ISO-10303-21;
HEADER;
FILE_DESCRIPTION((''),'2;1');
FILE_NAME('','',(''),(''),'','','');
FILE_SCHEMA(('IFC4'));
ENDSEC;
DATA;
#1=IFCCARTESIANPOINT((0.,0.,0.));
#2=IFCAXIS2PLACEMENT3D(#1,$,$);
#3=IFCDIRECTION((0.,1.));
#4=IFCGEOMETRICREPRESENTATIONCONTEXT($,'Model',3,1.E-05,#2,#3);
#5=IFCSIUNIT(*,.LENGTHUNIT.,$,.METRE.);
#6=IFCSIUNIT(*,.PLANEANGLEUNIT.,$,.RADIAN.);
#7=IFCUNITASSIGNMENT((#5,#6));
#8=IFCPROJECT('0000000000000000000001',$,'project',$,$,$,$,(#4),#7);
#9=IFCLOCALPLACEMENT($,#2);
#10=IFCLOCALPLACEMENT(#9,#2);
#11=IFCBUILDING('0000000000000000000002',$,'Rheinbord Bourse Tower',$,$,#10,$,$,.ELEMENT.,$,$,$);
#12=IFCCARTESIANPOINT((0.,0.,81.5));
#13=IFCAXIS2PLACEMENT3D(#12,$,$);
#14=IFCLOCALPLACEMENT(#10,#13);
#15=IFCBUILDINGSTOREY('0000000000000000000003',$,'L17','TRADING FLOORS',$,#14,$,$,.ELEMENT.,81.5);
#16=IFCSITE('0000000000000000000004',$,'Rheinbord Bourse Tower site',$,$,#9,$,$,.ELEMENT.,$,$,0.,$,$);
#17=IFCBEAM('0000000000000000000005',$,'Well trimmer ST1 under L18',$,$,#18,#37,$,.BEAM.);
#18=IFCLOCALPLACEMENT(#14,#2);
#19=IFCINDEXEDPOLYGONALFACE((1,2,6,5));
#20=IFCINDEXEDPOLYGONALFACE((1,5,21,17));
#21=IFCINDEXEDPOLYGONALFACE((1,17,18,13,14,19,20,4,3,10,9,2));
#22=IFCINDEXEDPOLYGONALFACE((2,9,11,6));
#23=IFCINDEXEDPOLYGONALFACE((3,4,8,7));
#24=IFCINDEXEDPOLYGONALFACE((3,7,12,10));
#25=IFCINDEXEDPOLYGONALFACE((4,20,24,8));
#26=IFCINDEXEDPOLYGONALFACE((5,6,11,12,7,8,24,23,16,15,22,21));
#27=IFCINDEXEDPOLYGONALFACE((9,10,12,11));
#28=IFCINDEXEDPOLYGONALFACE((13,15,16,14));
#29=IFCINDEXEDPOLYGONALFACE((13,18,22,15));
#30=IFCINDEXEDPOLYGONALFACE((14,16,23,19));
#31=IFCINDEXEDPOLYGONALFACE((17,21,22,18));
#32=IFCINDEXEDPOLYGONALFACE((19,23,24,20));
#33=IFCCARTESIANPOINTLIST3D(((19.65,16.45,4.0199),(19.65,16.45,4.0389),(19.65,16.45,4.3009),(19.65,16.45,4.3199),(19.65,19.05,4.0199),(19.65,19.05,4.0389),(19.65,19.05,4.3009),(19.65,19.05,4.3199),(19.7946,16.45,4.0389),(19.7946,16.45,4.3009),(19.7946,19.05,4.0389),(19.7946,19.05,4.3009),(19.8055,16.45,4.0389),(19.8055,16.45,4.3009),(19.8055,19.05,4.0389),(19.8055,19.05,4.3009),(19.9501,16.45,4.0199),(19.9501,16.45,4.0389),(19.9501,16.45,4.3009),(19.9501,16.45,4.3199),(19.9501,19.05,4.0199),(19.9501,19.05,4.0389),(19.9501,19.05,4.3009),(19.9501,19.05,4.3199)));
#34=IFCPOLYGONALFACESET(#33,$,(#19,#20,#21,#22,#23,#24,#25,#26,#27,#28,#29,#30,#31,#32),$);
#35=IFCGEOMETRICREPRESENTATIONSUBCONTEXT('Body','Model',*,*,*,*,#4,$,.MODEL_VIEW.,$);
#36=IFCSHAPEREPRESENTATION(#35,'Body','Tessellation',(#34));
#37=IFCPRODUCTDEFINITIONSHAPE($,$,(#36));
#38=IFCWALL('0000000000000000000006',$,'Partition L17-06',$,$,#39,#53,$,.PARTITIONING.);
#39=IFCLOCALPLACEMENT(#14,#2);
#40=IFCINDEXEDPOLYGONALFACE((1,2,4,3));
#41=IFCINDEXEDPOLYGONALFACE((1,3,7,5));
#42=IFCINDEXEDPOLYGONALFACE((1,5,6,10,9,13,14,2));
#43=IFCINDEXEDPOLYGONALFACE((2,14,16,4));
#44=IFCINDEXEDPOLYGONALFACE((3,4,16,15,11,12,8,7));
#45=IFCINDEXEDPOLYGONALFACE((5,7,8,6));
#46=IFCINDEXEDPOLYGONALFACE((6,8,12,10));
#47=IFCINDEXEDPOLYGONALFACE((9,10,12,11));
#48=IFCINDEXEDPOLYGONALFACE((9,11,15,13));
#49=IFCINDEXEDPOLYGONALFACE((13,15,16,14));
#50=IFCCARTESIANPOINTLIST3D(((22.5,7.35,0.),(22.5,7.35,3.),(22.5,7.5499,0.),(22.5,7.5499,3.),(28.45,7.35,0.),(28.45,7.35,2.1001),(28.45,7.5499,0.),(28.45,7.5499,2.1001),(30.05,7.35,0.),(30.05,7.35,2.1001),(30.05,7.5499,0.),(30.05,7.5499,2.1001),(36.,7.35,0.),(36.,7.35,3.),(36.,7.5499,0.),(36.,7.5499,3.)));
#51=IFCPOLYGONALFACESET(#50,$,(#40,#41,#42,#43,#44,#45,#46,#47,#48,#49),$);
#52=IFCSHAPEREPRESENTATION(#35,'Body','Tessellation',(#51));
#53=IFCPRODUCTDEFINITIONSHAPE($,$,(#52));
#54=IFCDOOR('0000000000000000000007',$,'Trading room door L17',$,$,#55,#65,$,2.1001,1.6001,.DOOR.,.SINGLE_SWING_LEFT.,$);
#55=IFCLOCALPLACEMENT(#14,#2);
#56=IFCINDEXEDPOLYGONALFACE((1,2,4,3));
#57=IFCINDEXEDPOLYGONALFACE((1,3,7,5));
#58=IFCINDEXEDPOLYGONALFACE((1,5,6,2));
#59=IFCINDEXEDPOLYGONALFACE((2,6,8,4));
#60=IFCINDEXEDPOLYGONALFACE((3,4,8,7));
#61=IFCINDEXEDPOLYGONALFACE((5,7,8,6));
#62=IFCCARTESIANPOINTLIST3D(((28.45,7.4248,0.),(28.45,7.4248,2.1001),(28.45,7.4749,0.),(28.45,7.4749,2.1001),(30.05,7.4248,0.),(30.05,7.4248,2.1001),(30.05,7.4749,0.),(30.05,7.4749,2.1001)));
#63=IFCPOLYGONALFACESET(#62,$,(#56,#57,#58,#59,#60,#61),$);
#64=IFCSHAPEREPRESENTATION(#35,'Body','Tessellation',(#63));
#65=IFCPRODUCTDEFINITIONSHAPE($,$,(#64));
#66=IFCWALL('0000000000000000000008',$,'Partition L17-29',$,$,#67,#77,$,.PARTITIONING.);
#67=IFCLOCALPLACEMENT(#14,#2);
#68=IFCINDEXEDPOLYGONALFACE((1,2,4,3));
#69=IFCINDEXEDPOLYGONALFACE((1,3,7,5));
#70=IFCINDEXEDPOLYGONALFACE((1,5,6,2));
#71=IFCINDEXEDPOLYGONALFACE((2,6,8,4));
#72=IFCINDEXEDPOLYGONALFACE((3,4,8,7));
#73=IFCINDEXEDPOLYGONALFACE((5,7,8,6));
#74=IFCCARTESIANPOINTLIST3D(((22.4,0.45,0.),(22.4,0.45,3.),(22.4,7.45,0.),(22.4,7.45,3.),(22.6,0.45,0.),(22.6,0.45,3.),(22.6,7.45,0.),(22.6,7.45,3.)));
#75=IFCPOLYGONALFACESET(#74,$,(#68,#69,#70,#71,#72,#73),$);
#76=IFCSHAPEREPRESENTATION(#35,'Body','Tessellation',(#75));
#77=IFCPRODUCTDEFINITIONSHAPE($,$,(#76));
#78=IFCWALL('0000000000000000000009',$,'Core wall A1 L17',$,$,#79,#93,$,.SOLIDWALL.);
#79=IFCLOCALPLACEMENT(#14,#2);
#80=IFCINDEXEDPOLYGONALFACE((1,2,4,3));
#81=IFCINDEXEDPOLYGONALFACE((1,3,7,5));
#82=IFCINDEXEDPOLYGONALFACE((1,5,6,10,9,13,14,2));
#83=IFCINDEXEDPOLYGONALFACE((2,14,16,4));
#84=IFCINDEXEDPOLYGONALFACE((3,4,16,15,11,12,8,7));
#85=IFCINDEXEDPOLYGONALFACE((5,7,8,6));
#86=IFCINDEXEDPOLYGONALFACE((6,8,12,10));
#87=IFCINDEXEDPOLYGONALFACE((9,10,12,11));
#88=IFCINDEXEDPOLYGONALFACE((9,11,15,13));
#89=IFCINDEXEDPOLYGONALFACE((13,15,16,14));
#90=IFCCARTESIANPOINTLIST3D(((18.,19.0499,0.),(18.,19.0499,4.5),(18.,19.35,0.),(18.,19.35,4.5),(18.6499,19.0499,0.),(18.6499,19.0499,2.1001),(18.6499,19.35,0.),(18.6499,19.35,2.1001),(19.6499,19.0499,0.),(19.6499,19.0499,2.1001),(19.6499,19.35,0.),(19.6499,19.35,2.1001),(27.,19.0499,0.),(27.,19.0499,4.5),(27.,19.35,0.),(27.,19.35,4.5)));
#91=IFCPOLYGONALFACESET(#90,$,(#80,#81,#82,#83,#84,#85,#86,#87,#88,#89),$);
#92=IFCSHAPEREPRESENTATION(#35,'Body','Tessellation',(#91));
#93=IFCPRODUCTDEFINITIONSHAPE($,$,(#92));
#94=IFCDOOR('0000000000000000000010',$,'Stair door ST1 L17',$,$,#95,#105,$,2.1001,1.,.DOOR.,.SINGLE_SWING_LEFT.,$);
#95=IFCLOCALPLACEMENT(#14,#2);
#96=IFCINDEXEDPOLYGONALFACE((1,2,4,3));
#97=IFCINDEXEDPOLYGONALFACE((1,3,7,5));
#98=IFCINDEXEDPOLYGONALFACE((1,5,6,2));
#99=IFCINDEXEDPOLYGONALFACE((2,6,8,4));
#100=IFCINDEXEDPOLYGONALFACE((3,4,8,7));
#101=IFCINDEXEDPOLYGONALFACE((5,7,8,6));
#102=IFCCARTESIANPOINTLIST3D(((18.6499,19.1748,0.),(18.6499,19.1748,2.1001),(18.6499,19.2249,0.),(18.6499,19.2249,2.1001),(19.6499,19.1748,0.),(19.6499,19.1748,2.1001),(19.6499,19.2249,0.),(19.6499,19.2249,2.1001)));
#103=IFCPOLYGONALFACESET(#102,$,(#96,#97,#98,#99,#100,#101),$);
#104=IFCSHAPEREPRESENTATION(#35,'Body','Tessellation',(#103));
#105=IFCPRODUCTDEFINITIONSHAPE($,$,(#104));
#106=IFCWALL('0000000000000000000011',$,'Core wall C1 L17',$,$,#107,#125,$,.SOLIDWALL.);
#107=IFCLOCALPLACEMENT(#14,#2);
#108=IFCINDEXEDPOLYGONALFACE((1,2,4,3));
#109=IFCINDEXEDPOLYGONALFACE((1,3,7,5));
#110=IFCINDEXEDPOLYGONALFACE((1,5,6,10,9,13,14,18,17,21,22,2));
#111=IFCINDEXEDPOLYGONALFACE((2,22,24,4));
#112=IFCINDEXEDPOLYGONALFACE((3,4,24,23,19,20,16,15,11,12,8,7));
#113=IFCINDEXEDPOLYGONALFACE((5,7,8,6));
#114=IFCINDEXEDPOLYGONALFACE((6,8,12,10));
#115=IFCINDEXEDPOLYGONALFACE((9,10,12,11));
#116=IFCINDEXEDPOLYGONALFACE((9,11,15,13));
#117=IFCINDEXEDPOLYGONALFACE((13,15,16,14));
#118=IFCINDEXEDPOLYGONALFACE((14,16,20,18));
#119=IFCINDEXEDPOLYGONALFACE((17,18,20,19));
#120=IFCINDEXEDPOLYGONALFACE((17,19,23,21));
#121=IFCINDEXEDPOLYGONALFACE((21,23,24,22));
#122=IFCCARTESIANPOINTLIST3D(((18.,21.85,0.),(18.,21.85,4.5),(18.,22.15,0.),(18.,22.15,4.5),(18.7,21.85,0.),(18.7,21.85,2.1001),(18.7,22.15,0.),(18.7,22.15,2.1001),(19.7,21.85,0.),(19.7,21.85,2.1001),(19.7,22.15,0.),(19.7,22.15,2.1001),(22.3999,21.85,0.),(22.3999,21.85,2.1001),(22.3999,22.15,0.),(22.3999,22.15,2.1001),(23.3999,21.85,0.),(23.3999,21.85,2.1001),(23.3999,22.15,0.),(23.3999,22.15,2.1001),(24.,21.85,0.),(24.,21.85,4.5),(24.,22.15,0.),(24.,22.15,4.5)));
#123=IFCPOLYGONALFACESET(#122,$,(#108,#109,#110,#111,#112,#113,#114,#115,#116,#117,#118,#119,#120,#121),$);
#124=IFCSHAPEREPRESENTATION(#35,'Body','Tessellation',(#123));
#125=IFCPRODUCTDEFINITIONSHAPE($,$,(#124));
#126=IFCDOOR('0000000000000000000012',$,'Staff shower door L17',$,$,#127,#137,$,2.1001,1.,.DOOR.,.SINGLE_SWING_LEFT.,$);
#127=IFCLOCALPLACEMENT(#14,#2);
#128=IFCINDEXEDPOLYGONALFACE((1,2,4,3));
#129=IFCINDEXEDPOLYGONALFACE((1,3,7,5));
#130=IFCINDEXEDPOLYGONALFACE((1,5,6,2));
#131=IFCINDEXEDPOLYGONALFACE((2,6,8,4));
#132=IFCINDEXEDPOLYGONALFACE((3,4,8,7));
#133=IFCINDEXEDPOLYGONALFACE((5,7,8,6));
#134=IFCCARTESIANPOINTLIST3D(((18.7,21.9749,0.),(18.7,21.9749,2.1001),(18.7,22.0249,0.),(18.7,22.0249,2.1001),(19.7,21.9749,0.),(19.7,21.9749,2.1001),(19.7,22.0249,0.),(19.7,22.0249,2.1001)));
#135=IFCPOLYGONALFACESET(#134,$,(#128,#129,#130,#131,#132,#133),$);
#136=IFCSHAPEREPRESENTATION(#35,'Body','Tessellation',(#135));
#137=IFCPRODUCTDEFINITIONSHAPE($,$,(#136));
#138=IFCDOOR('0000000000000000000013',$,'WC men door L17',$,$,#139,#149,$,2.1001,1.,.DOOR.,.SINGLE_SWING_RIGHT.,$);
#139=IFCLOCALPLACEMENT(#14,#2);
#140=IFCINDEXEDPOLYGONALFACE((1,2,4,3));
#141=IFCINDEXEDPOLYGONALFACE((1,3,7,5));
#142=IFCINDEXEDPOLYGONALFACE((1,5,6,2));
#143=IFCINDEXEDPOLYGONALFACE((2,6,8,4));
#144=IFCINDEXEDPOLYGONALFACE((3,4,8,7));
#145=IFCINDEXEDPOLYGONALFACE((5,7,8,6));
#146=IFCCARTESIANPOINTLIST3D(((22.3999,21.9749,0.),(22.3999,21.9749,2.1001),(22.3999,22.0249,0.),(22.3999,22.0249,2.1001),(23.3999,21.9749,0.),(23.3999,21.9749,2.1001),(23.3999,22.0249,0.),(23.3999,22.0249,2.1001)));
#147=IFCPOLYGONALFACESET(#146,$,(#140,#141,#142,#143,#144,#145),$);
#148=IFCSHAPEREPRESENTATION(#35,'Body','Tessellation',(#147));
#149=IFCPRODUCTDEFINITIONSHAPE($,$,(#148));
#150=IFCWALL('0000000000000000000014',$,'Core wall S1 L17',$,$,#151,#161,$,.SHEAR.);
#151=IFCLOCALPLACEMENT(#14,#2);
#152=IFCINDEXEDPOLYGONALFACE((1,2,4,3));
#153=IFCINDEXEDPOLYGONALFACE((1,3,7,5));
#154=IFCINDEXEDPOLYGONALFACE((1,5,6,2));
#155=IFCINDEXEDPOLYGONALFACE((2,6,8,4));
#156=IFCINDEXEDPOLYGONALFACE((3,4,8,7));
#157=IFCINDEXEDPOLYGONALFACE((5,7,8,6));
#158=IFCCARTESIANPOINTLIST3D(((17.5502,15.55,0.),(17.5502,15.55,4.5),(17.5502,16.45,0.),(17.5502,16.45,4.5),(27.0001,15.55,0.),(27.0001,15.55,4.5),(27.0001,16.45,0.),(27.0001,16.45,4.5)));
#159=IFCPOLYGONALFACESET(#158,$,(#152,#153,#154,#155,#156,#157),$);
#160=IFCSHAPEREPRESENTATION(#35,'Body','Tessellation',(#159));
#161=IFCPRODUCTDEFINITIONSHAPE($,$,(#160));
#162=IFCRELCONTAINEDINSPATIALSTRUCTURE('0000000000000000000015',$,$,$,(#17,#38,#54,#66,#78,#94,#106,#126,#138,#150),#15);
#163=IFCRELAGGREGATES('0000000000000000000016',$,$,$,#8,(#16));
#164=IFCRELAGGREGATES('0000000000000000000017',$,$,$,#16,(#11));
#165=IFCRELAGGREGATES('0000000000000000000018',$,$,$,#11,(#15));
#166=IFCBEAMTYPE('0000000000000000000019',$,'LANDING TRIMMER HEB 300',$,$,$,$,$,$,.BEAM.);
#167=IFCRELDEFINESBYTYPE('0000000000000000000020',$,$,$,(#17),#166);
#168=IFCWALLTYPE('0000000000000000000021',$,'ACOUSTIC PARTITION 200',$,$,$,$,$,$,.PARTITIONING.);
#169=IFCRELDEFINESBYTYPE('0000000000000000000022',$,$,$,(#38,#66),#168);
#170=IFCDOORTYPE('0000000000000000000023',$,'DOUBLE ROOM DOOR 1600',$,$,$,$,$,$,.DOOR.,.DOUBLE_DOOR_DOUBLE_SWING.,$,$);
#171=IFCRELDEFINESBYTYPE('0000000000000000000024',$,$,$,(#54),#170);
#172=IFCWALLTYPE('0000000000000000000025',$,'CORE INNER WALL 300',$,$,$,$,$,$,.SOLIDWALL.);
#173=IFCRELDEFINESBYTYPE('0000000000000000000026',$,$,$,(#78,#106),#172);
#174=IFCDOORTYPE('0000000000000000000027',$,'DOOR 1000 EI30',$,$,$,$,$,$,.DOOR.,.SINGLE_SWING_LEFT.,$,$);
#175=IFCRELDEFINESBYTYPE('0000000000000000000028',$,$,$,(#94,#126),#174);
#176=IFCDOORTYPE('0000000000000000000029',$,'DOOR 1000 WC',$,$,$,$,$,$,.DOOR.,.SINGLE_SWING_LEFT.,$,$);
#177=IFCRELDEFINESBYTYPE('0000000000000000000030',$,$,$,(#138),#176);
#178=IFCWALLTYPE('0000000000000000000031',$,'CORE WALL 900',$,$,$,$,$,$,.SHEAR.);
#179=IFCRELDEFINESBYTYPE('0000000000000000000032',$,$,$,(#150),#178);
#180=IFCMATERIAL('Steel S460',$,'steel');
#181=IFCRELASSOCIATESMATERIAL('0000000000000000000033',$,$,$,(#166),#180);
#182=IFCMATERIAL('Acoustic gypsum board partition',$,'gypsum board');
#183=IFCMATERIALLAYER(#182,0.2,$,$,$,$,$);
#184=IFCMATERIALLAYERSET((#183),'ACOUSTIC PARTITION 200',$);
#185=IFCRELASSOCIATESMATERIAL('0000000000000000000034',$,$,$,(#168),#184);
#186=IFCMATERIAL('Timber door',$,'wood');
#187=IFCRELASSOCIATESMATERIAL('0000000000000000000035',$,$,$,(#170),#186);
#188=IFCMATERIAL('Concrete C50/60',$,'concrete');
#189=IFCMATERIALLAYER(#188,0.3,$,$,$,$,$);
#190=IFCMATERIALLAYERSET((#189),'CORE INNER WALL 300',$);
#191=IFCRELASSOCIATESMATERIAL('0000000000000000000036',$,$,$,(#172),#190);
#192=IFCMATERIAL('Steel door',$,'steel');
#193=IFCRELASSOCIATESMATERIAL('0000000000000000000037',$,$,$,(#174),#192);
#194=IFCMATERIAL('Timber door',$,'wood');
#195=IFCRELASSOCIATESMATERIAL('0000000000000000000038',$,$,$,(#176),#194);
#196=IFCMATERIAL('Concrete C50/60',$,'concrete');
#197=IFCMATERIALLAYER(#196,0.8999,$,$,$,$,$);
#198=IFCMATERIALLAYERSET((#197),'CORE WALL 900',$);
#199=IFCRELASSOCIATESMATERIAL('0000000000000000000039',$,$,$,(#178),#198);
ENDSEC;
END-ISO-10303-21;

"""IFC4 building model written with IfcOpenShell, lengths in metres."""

from ifc_helpers import new_model, si_unit, direction, frame, frame_2d, origin, origin_2d, place, context, subcontext, project, spatial, rectangle, i_section, extrude, material, layer, layer_set, material_profile, profile_set, type_object, element, fill, save


model = new_model("IFC4")

# Units and contexts
model_context = context("Model", 3, precision=1e-05, world=origin(), true_north=direction((0.0, 1.0)))
body_context = subcontext(model_context, "Body", "Model", "MODEL_VIEW")
ifc_project = project(units=[si_unit("LENGTHUNIT", "METRE"), si_unit("PLANEANGLEUNIT", "RADIAN")], contexts=[model_context])

# Site, building, storey
site_placement = place(None, origin())
site = spatial("IfcSite", under=ifc_project, at=site_placement, Name="Rheinbord Bourse Tower site", CompositionType="ELEMENT", RefElevation=0.0)
building_placement = place(site_placement, origin())
building = spatial("IfcBuilding", under=site, at=building_placement, Name="Rheinbord Bourse Tower", CompositionType="ELEMENT")
storey_placement = place(building_placement, frame((0.0, 0.0, 81.5)))
storey = spatial("IfcBuildingStorey", under=building, at=storey_placement, Name="L17", Description="TRADING FLOORS", CompositionType="ELEMENT", Elevation=81.5)

# Beam
ifc_material_1 = material(Name="Steel S460", Category="steel")
ifc_material_profile = material_profile(ifc_material_1, i_section(OverallWidth=0.3, OverallDepth=0.3, WebThickness=0.011, FlangeThickness=0.019, at=origin_2d()), Name="HEB 300")
ifc_profile_set = profile_set([ifc_material_profile], Name="Steel S460")
beam_type = type_object("IfcBeamType", Name="LANDING TRIMMER HEB 300", PredefinedType="BEAM", material=ifc_profile_set)
beam_placement = place(storey_placement, frame((19.8, 16.45, 4.1699), z_axis=(0.0, 1.0, 0.0), x_axis=(-1.0, 0.0, 0.0)))
element("IfcBeam", 1, at=beam_placement, inside=storey, type_object=beam_type, Name="Well trimmer ST1 under L18", PredefinedType="BEAM", context=body_context, shape_type="SweptSolid", body=[
    extrude(i_section(OverallWidth=0.3, OverallDepth=0.3, WebThickness=0.011, FlangeThickness=0.019, at=origin_2d()), origin(), (0.0, 0.0, 1.0), 2.6001),
])

# Wall, opening, door
ifc_material_2 = material(Name="Acoustic gypsum board partition", Category="gypsum board")
ifc_layer_1 = layer(ifc_material_2, 0.2)
ifc_layer_set_1 = layer_set([ifc_layer_1], Name="ACOUSTIC PARTITION 200")
wall_type_1 = type_object("IfcWallType", Name="ACOUSTIC PARTITION 200", PredefinedType="PARTITIONING", material=ifc_layer_set_1)
wall_1_placement = place(storey_placement, frame((22.5, 7.45, 0.0), z_axis=(0.0, 0.0, 1.0), x_axis=(1.0, 0.0, 0.0)))
wall_1 = element("IfcWall", 2, at=wall_1_placement, inside=storey, type_object=wall_type_1, Name="Partition L17-06", PredefinedType="PARTITIONING", context=body_context, shape_type="SweptSolid", body=[
    extrude(rectangle(XDim=13.5, YDim=0.2, at=frame_2d((6.75, 0.0))), origin(), (0.0, 0.0, 1.0), 3.0),
])
opening_1_placement = place(wall_1_placement, frame((5.95, 0.0, 0.0)))
opening_1 = element("IfcOpeningElement", 3, at=opening_1_placement, cuts=wall_1, PredefinedType="OPENING", context=body_context, shape_type="SweptSolid", body=[
    extrude(rectangle(XDim=1.6001, YDim=2.1001, at=frame_2d((0.8, 1.05))), frame((0.0, 0.1099, 0.0), z_axis=(0.0, -1.0, 0.0), x_axis=(1.0, 0.0, 0.0)), (0.0, 0.0, 1.0), 0.22),
])
ifc_material_3 = material(Name="Timber door", Category="wood")
door_type_1 = type_object("IfcDoorType", Name="DOUBLE ROOM DOOR 1600", OperationType="DOUBLE_DOOR_DOUBLE_SWING", PredefinedType="DOOR", material=ifc_material_3)
door_1_placement = place(opening_1_placement, origin())
door_1 = element("IfcDoor", 4, at=door_1_placement, inside=storey, type_object=door_type_1, Name="Trading room door L17", OperationType="SINGLE_SWING_LEFT", OverallHeight=2.1001, OverallWidth=1.6001, PredefinedType="DOOR", context=body_context, shape_type="SweptSolid", body=[
    extrude(rectangle(XDim=1.6001, YDim=2.1001, at=frame_2d((0.8, 1.05))), frame((0.0, 0.0249, 0.0), z_axis=(0.0, -1.0, 0.0), x_axis=(1.0, 0.0, 0.0)), (0.0, 0.0, 1.0), 0.05),
])
fill(opening_1, door_1)

# Wall
wall_2_placement = place(storey_placement, frame((22.5, 0.45, 0.0), z_axis=(0.0, 0.0, 1.0), x_axis=(0.0, 1.0, 0.0)))
element("IfcWall", 5, at=wall_2_placement, inside=storey, type_object=wall_type_1, Name="Partition L17-29", PredefinedType="PARTITIONING", context=body_context, shape_type="SweptSolid", body=[
    extrude(rectangle(XDim=7.0, YDim=0.2, at=frame_2d((3.5, 0.0))), origin(), (0.0, 0.0, 1.0), 3.0),
])

# Wall, opening, door
ifc_material_4 = material(Name="Concrete C50/60", Category="concrete")
ifc_layer_2 = layer(ifc_material_4, 0.3)
ifc_layer_set_2 = layer_set([ifc_layer_2], Name="CORE INNER WALL 300")
wall_type_2 = type_object("IfcWallType", Name="CORE INNER WALL 300", PredefinedType="SOLIDWALL", material=ifc_layer_set_2)
wall_3_placement = place(storey_placement, frame((18.0, 19.2, 0.0), z_axis=(0.0, 0.0, 1.0), x_axis=(1.0, 0.0, 0.0)))
wall_3 = element("IfcWall", 6, at=wall_3_placement, inside=storey, type_object=wall_type_2, Name="Core wall A1 L17", PredefinedType="SOLIDWALL", context=body_context, shape_type="SweptSolid", body=[
    extrude(rectangle(XDim=9.0, YDim=0.3, at=frame_2d((4.5, 0.0))), origin(), (0.0, 0.0, 1.0), 4.5),
])
opening_2_placement = place(wall_3_placement, frame((0.6499, 0.0, 0.0)))
opening_2 = element("IfcOpeningElement", 7, at=opening_2_placement, cuts=wall_3, PredefinedType="OPENING", context=body_context, shape_type="SweptSolid", body=[
    extrude(rectangle(XDim=1.0, YDim=2.1001, at=frame_2d((0.5, 1.05))), frame((0.0, 0.1599, 0.0), z_axis=(0.0, -1.0, 0.0), x_axis=(1.0, 0.0, 0.0)), (0.0, 0.0, 1.0), 0.3201),
])
ifc_material_5 = material(Name="Steel door", Category="steel")
door_type_2 = type_object("IfcDoorType", Name="DOOR 1000 EI30", OperationType="SINGLE_SWING_LEFT", PredefinedType="DOOR", material=ifc_material_5)
door_2_placement = place(opening_2_placement, origin())
door_2 = element("IfcDoor", 8, at=door_2_placement, inside=storey, type_object=door_type_2, Name="Stair door ST1 L17", OperationType="SINGLE_SWING_LEFT", OverallHeight=2.1001, OverallWidth=1.0, PredefinedType="DOOR", context=body_context, shape_type="SweptSolid", body=[
    extrude(rectangle(XDim=1.0, YDim=2.1001, at=frame_2d((0.5, 1.05))), frame((0.0, 0.0249, 0.0), z_axis=(0.0, -1.0, 0.0), x_axis=(1.0, 0.0, 0.0)), (0.0, 0.0, 1.0), 0.05),
])
fill(opening_2, door_2)

# Wall, openings, doors
wall_4_placement = place(storey_placement, frame((18.0, 22.0, 0.0), z_axis=(0.0, 0.0, 1.0), x_axis=(1.0, 0.0, 0.0)))
wall_4 = element("IfcWall", 9, at=wall_4_placement, inside=storey, type_object=wall_type_2, Name="Core wall C1 L17", PredefinedType="SOLIDWALL", context=body_context, shape_type="SweptSolid", body=[
    extrude(rectangle(XDim=6.0, YDim=0.3, at=frame_2d((3.0, 0.0))), origin(), (0.0, 0.0, 1.0), 4.5),
])
opening_3_placement = place(wall_4_placement, frame((4.3999, 0.0, 0.0)))
opening_3 = element("IfcOpeningElement", 10, at=opening_3_placement, cuts=wall_4, PredefinedType="OPENING", context=body_context, shape_type="SweptSolid", body=[
    extrude(rectangle(XDim=1.0, YDim=2.1001, at=frame_2d((0.5, 1.05))), frame((0.0, 0.1599, 0.0), z_axis=(0.0, -1.0, 0.0), x_axis=(1.0, 0.0, 0.0)), (0.0, 0.0, 1.0), 0.3201),
])
opening_4_placement = place(wall_4_placement, frame((0.7, 0.0, 0.0)))
opening_4 = element("IfcOpeningElement", 11, at=opening_4_placement, cuts=wall_4, PredefinedType="OPENING", context=body_context, shape_type="SweptSolid", body=[
    extrude(rectangle(XDim=1.0, YDim=2.1001, at=frame_2d((0.5, 1.05))), frame((0.0, 0.1599, 0.0), z_axis=(0.0, -1.0, 0.0), x_axis=(1.0, 0.0, 0.0)), (0.0, 0.0, 1.0), 0.3201),
])
door_3_placement = place(opening_4_placement, origin())
door_3 = element("IfcDoor", 12, at=door_3_placement, inside=storey, type_object=door_type_2, Name="Staff shower door L17", OperationType="SINGLE_SWING_LEFT", OverallHeight=2.1001, OverallWidth=1.0, PredefinedType="DOOR", context=body_context, shape_type="SweptSolid", body=[
    extrude(rectangle(XDim=1.0, YDim=2.1001, at=frame_2d((0.5, 1.05))), frame((0.0, 0.0249, 0.0), z_axis=(0.0, -1.0, 0.0), x_axis=(1.0, 0.0, 0.0)), (0.0, 0.0, 1.0), 0.05),
])
fill(opening_4, door_3)
ifc_material_6 = material(Name="Timber door", Category="wood")
door_type_3 = type_object("IfcDoorType", Name="DOOR 1000 WC", OperationType="SINGLE_SWING_LEFT", PredefinedType="DOOR", material=ifc_material_6)
door_4_placement = place(opening_3_placement, origin())
door_4 = element("IfcDoor", 13, at=door_4_placement, inside=storey, type_object=door_type_3, Name="WC men door L17", OperationType="SINGLE_SWING_RIGHT", OverallHeight=2.1001, OverallWidth=1.0, PredefinedType="DOOR", context=body_context, shape_type="SweptSolid", body=[
    extrude(rectangle(XDim=1.0, YDim=2.1001, at=frame_2d((0.5, 1.05))), frame((0.0, 0.0249, 0.0), z_axis=(0.0, -1.0, 0.0), x_axis=(1.0, 0.0, 0.0)), (0.0, 0.0, 1.0), 0.05),
])
fill(opening_3, door_4)

# Wall
ifc_material_7 = material(Name="Concrete C50/60", Category="concrete")
ifc_layer_3 = layer(ifc_material_7, 0.8999)
ifc_layer_set_3 = layer_set([ifc_layer_3], Name="CORE WALL 900")
wall_type_3 = type_object("IfcWallType", Name="CORE WALL 900", PredefinedType="SHEAR", material=ifc_layer_set_3)
wall_5_placement = place(storey_placement, frame((17.55, 16.0, 0.0), z_axis=(0.0, 0.0, 1.0), x_axis=(1.0, 0.0, 0.0)))
element("IfcWall", 14, at=wall_5_placement, inside=storey, type_object=wall_type_3, Name="Core wall S1 L17", PredefinedType="SHEAR", context=body_context, shape_type="SweptSolid", body=[
    extrude(rectangle(XDim=9.45, YDim=0.8999, at=frame_2d((4.7251, 0.0))), origin(), (0.0, 0.0, 1.0), 4.5),
])

save(model, "model.ifc")
